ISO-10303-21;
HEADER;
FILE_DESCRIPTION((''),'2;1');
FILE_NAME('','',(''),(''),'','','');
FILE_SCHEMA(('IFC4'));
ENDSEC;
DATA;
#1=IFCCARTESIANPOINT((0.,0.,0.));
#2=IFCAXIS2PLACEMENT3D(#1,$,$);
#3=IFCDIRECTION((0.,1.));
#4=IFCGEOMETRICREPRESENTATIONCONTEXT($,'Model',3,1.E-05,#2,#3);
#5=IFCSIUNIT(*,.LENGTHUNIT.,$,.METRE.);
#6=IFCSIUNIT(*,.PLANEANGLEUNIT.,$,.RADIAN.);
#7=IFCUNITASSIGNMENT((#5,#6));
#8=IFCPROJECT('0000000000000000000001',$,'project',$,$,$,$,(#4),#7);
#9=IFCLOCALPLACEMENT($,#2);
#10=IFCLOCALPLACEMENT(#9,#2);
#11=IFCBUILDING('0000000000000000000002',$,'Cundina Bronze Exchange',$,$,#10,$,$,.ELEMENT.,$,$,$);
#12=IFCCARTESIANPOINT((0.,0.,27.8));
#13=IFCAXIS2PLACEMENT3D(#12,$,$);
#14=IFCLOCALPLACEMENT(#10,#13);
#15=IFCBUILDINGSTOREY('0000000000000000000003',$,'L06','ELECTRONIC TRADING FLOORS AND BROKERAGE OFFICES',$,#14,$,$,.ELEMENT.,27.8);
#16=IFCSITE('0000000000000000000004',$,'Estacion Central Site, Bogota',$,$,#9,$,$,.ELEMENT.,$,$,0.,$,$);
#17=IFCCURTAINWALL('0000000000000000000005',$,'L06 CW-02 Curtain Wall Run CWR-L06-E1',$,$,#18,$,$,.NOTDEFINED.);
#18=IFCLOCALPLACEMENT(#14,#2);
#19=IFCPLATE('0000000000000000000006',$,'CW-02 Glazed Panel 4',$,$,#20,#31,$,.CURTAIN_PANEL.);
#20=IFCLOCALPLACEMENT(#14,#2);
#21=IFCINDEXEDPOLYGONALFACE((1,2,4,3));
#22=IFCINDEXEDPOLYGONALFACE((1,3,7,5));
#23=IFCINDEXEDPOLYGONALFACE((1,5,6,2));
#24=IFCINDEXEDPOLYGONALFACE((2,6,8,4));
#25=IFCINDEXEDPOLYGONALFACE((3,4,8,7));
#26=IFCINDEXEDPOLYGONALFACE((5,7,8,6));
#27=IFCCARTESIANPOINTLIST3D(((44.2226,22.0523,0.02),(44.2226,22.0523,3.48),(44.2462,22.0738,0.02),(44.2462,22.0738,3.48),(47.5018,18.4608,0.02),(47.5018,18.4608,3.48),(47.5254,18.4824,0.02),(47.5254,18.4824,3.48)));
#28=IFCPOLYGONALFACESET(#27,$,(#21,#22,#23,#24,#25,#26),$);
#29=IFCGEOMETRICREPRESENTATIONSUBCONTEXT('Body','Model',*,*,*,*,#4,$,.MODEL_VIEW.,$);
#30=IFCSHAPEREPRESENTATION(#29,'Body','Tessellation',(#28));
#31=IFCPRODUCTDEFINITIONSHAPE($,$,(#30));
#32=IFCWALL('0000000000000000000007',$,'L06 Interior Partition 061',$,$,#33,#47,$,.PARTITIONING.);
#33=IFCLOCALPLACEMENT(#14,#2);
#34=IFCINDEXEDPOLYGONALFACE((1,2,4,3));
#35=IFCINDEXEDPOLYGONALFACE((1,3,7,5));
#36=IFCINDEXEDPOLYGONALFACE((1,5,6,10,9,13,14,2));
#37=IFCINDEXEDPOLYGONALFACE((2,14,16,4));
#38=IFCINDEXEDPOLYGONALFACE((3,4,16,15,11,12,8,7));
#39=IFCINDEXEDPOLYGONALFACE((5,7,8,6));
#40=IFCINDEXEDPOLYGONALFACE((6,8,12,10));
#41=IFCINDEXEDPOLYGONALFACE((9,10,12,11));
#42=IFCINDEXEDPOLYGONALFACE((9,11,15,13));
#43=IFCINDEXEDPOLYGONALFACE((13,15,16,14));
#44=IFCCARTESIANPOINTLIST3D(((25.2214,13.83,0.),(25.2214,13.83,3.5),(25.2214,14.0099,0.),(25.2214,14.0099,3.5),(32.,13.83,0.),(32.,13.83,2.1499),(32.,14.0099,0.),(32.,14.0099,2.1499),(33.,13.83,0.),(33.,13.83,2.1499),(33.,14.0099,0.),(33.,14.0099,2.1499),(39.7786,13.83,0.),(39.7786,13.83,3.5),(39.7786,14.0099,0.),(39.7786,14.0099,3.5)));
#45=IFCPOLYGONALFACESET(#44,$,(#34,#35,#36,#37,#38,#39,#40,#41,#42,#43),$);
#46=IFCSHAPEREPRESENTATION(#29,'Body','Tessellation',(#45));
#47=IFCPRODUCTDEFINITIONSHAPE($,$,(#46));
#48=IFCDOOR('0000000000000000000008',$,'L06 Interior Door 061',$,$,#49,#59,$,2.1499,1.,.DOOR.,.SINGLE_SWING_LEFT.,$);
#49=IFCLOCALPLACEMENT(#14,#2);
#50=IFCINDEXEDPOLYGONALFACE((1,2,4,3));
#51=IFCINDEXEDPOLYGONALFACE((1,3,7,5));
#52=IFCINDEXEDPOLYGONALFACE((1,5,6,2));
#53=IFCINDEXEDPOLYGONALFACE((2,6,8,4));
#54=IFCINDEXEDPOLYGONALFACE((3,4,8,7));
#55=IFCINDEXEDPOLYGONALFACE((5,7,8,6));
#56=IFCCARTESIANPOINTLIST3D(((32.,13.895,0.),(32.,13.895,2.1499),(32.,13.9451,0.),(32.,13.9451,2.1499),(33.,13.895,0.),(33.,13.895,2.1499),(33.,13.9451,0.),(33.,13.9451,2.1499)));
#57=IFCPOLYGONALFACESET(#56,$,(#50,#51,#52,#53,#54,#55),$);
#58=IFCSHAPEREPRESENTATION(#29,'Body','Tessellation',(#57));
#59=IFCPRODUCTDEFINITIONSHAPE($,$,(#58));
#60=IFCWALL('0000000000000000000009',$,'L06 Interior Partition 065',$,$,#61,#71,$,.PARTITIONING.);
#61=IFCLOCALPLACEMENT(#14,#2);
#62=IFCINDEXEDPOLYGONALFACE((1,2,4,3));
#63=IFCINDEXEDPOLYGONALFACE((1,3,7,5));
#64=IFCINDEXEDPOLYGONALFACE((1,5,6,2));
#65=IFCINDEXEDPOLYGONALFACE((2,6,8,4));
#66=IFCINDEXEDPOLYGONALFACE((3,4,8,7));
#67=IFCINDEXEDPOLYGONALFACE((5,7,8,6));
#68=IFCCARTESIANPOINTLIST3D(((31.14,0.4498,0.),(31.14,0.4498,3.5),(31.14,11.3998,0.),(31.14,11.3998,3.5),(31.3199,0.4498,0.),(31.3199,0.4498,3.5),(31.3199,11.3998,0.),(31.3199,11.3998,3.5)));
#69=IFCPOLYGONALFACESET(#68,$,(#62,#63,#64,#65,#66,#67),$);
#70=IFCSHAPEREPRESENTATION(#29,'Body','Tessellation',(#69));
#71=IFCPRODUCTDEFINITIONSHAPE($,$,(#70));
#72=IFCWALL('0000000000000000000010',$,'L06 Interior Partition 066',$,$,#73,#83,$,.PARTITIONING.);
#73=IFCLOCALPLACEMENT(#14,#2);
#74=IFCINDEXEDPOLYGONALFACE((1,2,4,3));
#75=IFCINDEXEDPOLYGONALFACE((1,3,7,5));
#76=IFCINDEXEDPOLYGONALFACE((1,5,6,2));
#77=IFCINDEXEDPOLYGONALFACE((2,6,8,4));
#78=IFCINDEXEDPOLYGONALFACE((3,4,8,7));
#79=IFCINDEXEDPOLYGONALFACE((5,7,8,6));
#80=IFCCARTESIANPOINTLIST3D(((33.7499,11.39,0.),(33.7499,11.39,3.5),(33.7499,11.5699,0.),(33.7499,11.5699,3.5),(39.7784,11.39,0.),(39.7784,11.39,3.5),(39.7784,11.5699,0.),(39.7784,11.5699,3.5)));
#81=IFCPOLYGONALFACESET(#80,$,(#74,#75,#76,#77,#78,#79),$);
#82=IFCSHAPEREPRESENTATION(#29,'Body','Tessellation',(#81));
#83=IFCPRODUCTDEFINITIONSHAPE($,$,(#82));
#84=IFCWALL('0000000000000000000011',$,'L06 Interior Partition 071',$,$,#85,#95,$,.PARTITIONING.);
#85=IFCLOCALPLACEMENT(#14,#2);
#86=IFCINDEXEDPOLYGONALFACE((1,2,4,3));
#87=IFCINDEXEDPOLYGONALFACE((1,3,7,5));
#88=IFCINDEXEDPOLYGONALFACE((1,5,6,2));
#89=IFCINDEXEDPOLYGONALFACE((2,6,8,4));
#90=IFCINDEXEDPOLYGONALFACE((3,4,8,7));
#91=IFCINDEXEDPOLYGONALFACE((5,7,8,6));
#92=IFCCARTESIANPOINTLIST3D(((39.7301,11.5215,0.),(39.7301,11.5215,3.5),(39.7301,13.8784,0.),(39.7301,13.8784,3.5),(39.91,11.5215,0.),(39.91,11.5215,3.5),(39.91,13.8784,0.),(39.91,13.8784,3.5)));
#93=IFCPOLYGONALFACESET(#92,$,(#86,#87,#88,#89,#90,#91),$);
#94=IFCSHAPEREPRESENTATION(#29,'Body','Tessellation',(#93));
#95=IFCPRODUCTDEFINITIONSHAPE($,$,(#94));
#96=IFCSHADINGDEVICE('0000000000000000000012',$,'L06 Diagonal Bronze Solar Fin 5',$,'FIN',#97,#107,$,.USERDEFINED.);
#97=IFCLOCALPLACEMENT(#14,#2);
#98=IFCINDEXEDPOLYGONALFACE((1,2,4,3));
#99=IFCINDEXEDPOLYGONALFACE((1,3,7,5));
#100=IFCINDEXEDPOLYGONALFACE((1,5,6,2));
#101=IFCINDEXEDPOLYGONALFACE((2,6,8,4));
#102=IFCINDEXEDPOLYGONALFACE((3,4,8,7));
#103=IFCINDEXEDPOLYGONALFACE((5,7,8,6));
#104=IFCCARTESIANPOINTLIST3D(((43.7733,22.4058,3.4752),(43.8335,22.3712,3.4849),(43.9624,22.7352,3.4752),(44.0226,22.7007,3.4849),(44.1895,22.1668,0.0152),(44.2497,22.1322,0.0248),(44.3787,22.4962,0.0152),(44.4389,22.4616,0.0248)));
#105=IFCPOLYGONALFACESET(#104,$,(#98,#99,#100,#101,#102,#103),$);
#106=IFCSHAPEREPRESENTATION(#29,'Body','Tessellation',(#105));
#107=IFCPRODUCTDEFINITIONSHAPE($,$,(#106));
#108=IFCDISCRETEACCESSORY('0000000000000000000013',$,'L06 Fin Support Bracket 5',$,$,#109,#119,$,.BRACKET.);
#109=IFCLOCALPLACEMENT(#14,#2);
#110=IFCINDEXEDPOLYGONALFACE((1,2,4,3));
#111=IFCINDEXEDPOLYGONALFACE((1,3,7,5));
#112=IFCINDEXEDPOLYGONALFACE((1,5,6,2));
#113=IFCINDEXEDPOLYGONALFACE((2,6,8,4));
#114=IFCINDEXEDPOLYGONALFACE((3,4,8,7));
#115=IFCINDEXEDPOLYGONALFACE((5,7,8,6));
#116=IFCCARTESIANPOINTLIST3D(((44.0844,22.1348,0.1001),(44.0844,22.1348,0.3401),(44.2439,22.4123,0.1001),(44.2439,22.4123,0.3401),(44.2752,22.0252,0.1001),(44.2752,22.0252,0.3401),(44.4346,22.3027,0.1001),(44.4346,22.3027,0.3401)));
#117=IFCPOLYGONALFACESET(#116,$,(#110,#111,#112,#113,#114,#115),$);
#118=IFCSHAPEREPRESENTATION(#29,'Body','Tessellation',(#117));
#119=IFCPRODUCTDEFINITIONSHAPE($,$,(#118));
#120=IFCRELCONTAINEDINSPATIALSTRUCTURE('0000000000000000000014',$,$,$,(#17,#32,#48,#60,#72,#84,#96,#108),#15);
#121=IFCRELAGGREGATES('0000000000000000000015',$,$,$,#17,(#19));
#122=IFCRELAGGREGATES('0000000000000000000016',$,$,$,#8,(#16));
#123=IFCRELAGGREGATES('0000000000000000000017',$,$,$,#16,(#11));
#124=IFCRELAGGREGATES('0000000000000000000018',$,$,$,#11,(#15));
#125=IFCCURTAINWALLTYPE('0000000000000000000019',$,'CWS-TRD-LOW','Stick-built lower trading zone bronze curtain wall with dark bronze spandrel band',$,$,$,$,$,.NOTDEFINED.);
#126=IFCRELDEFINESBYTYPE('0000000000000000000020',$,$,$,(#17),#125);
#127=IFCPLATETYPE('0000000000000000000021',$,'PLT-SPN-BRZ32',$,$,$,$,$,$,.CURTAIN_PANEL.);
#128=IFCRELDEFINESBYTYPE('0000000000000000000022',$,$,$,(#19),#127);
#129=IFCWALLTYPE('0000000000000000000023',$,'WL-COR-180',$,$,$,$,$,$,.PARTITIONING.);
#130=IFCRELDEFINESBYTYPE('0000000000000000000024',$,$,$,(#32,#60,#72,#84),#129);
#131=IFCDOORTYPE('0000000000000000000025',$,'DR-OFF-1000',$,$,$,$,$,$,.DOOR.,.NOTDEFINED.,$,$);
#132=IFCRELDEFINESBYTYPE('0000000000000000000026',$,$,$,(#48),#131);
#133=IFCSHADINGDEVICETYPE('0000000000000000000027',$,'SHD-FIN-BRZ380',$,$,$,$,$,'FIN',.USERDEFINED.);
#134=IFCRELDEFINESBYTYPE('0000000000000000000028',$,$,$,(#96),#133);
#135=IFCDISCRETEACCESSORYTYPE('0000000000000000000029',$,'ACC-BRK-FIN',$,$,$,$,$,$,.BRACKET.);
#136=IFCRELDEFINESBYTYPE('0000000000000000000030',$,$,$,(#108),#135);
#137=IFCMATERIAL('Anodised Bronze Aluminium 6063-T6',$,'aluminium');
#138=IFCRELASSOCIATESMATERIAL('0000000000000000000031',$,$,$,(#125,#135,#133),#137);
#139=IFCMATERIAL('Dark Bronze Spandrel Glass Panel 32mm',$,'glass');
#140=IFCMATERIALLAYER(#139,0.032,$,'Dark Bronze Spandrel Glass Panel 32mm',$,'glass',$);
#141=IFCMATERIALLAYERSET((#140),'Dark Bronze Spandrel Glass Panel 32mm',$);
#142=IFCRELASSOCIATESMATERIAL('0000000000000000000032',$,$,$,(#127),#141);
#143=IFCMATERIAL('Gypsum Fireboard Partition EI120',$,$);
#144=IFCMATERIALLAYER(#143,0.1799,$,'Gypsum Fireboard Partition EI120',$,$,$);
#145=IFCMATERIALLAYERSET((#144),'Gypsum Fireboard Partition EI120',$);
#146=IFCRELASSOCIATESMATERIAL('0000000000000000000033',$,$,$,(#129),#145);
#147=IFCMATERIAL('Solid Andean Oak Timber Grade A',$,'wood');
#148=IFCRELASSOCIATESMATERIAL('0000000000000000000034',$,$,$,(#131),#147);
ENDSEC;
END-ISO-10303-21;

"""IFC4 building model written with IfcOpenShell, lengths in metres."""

from ifc_helpers import new_model, si_unit, direction, frame, frame_2d, origin, origin_2d, place, context, subcontext, project, spatial, rectangle, extrude, material, layer, layer_set, material_profile, profile_set, type_object, element, fill, aggregate, save


model = new_model("IFC4")

# Units and contexts
model_context = context("Model", 3, precision=1e-05, world=origin(), true_north=direction((0.0, 1.0)))
body_context = subcontext(model_context, "Body", "Model", "MODEL_VIEW")
ifc_project = project(units=[si_unit("LENGTHUNIT", "METRE"), si_unit("PLANEANGLEUNIT", "RADIAN")], contexts=[model_context])

# Site, building, storey
site_placement = place(None, origin())
site = spatial("IfcSite", under=ifc_project, at=site_placement, Name="Estacion Central Site, Bogota", CompositionType="ELEMENT", RefElevation=0.0)
building_placement = place(site_placement, origin())
building = spatial("IfcBuilding", under=site, at=building_placement, Name="Cundina Bronze Exchange", CompositionType="ELEMENT")
storey_placement = place(building_placement, frame((0.0, 0.0, 27.8)))
storey = spatial("IfcBuildingStorey", under=building, at=storey_placement, Name="L06", Description="ELECTRONIC TRADING FLOORS AND BROKERAGE OFFICES", CompositionType="ELEMENT", Elevation=27.8)

# Curtain wall, plate
ifc_material_1 = material(Name="Anodised Bronze Aluminium 6063-T6", Category="aluminium")
curtain_wall_type = type_object("IfcCurtainWallType", Name="CWS-TRD-LOW", Description="Stick-built lower trading zone bronze curtain wall with dark bronze spandrel band", PredefinedType="NOTDEFINED", material=ifc_material_1)
curtain_wall_placement = place(storey_placement, origin())
curtain_wall = element("IfcCurtainWall", 1, at=curtain_wall_placement, inside=storey, type_object=curtain_wall_type, Name="L06 CW-02 Curtain Wall Run CWR-L06-E1", PredefinedType="NOTDEFINED")
ifc_material_2 = material(Name="Dark Bronze Spandrel Glass Panel 32mm", Category="glass")
ifc_layer_1 = layer(ifc_material_2, 0.032, Name="Dark Bronze Spandrel Glass Panel 32mm", Category="glass")
ifc_layer_set_1 = layer_set([ifc_layer_1], Name="Dark Bronze Spandrel Glass Panel 32mm")
plate_type_1 = type_object("IfcPlateType", Name="PLT-SPN-BRZ32", PredefinedType="CURTAIN_PANEL", material=ifc_layer_set_1)
plate_1_placement = place(storey_placement, frame((45.874, 20.2673, 0.02), z_axis=(0.0, 0.0, 1.0), x_axis=(-0.674277, 0.738479, 0.0)))
plate_1 = element("IfcPlate", 2, at=plate_1_placement, type_object=plate_type_1, Name="CW-02 Glazed Panel 4", PredefinedType="CURTAIN_PANEL", context=body_context, shape_type="SweptSolid", body=[
    extrude(rectangle(XDim=4.8633, YDim=0.032, at=origin_2d()), origin(), (0.0, 0.0, 1.0), 3.46),
])
aggregate(curtain_wall, [plate_1])

# Wall, opening, door
ifc_material_3 = material(Name="Gypsum Fireboard Partition EI120")
ifc_layer_2 = layer(ifc_material_3, 0.1799, Name="Gypsum Fireboard Partition EI120")
ifc_layer_set_2 = layer_set([ifc_layer_2], Name="Gypsum Fireboard Partition EI120")
wall_type = type_object("IfcWallType", Name="WL-COR-180", PredefinedType="PARTITIONING", material=ifc_layer_set_2)
wall_1_placement = place(storey_placement, frame((39.7786, 13.9199, 0.0), z_axis=(0.0, 0.0, 1.0), x_axis=(-1.0, 0.0, 0.0)))
wall_1 = element("IfcWall", 3, at=wall_1_placement, inside=storey, type_object=wall_type, Name="L06 Interior Partition 061", PredefinedType="PARTITIONING", context=body_context, shape_type="SweptSolid", body=[
    extrude(rectangle(XDim=14.5571, YDim=0.1799, at=frame_2d((7.2786, 0.0))), origin(), (0.0, 0.0, 1.0), 3.5),
])
opening_placement = place(wall_1_placement, frame((6.7786, 0.0, 0.0)))
opening = element("IfcOpeningElement", 4, at=opening_placement, cuts=wall_1, PredefinedType="OPENING", context=body_context, shape_type="SweptSolid", body=[
    extrude(rectangle(XDim=1.0, YDim=2.1499, at=frame_2d((0.5, 1.075))), frame((0.0, 0.0999, 0.0), z_axis=(0.0, -1.0, 0.0), x_axis=(1.0, 0.0, 0.0)), (0.0, 0.0, 1.0), 0.2),
])
ifc_material_4 = material(Name="Solid Andean Oak Timber Grade A", Category="wood")
door_type = type_object("IfcDoorType", Name="DR-OFF-1000", OperationType="NOTDEFINED", PredefinedType="DOOR", material=ifc_material_4)
door_placement = place(opening_placement, origin())
door = element("IfcDoor", 5, at=door_placement, inside=storey, type_object=door_type, Name="L06 Interior Door 061", OperationType="SINGLE_SWING_LEFT", OverallHeight=2.1499, OverallWidth=1.0, PredefinedType="DOOR", context=body_context, shape_type="SweptSolid", body=[
    extrude(rectangle(XDim=1.0, YDim=2.1499, at=frame_2d((0.5, 1.075))), frame((0.0, 0.0249, 0.0), z_axis=(0.0, -1.0, 0.0), x_axis=(1.0, 0.0, 0.0)), (0.0, 0.0, 1.0), 0.05),
])
fill(opening, door)

# Walls
wall_2_placement = place(storey_placement, frame((31.23, 11.3999, 0.0), z_axis=(0.0, 0.0, 1.0), x_axis=(0.0, -1.0, 0.0)))
element("IfcWall", 6, at=wall_2_placement, inside=storey, type_object=wall_type, Name="L06 Interior Partition 065", PredefinedType="PARTITIONING", context=body_context, shape_type="SweptSolid", body=[
    extrude(rectangle(XDim=10.95, YDim=0.1799, at=frame_2d((5.4751, 0.0))), origin(), (0.0, 0.0, 1.0), 3.5),
])
wall_3_placement = place(storey_placement, frame((33.75, 11.48, 0.0), z_axis=(0.0, 0.0, 1.0), x_axis=(1.0, 0.0, 0.0)))
element("IfcWall", 7, at=wall_3_placement, inside=storey, type_object=wall_type, Name="L06 Interior Partition 066", PredefinedType="PARTITIONING", context=body_context, shape_type="SweptSolid", body=[
    extrude(rectangle(XDim=6.0286, YDim=0.1799, at=frame_2d((3.0142, 0.0))), origin(), (0.0, 0.0, 1.0), 3.5),
])
wall_4_placement = place(storey_placement, frame((39.8201, 11.5215, 0.0), z_axis=(0.0, 0.0, 1.0), x_axis=(0.0, 1.0, 0.0)))
element("IfcWall", 8, at=wall_4_placement, inside=storey, type_object=wall_type, Name="L06 Interior Partition 071", PredefinedType="PARTITIONING", context=body_context, shape_type="SweptSolid", body=[
    extrude(rectangle(XDim=2.3569, YDim=0.1799, at=frame_2d((1.1785, 0.0))), origin(), (0.0, 0.0, 1.0), 3.5),
])

# Shading device
ifc_material_profile_1 = material_profile(ifc_material_1, rectangle(XDim=0.0701, YDim=0.3799, at=origin_2d()), Name="FIN70X380", Category="aluminium")
ifc_profile_set_1 = profile_set([ifc_material_profile_1], Name="Anodised Bronze Aluminium 6063-T6")
shading_device_type = type_object("IfcShadingDeviceType", Name="SHD-FIN-BRZ380", ElementType="FIN", PredefinedType="USERDEFINED", material=ifc_profile_set_1)
shading_device_placement = place(storey_placement, frame((44.3142, 22.3142, 0.02), z_axis=(-0.119166, 0.068425, 0.990514), x_axis=(0.858982, -0.493222, 0.137414)))
element("IfcShadingDevice", 9, at=shading_device_placement, inside=storey, type_object=shading_device_type, Name="L06 Diagonal Bronze Solar Fin 5", ObjectType="FIN", PredefinedType="USERDEFINED", context=body_context, shape_type="SweptSolid", body=[
    extrude(rectangle(XDim=0.0701, YDim=0.3799, at=origin_2d()), origin(), (0.0, 0.0, 1.0), 3.4932),
])

# Discrete accessory
discrete_accessory_type = type_object("IfcDiscreteAccessoryType", Name="ACC-BRK-FIN", PredefinedType="BRACKET", material=ifc_material_1)
discrete_accessory_placement = place(storey_placement, frame((44.2595, 22.2188, 0.1001), z_axis=(0.0, 0.0, 1.0), x_axis=(-0.867105, 0.498125, 0.0)))
element("IfcDiscreteAccessory", 10, at=discrete_accessory_placement, inside=storey, type_object=discrete_accessory_type, Name="L06 Fin Support Bracket 5", PredefinedType="BRACKET", context=body_context, shape_type="SweptSolid", body=[
    extrude(rectangle(XDim=0.22, YDim=0.3201, at=origin_2d()), origin(), (0.0, 0.0, 1.0), 0.24),
])

save(model, "model.ifc")
